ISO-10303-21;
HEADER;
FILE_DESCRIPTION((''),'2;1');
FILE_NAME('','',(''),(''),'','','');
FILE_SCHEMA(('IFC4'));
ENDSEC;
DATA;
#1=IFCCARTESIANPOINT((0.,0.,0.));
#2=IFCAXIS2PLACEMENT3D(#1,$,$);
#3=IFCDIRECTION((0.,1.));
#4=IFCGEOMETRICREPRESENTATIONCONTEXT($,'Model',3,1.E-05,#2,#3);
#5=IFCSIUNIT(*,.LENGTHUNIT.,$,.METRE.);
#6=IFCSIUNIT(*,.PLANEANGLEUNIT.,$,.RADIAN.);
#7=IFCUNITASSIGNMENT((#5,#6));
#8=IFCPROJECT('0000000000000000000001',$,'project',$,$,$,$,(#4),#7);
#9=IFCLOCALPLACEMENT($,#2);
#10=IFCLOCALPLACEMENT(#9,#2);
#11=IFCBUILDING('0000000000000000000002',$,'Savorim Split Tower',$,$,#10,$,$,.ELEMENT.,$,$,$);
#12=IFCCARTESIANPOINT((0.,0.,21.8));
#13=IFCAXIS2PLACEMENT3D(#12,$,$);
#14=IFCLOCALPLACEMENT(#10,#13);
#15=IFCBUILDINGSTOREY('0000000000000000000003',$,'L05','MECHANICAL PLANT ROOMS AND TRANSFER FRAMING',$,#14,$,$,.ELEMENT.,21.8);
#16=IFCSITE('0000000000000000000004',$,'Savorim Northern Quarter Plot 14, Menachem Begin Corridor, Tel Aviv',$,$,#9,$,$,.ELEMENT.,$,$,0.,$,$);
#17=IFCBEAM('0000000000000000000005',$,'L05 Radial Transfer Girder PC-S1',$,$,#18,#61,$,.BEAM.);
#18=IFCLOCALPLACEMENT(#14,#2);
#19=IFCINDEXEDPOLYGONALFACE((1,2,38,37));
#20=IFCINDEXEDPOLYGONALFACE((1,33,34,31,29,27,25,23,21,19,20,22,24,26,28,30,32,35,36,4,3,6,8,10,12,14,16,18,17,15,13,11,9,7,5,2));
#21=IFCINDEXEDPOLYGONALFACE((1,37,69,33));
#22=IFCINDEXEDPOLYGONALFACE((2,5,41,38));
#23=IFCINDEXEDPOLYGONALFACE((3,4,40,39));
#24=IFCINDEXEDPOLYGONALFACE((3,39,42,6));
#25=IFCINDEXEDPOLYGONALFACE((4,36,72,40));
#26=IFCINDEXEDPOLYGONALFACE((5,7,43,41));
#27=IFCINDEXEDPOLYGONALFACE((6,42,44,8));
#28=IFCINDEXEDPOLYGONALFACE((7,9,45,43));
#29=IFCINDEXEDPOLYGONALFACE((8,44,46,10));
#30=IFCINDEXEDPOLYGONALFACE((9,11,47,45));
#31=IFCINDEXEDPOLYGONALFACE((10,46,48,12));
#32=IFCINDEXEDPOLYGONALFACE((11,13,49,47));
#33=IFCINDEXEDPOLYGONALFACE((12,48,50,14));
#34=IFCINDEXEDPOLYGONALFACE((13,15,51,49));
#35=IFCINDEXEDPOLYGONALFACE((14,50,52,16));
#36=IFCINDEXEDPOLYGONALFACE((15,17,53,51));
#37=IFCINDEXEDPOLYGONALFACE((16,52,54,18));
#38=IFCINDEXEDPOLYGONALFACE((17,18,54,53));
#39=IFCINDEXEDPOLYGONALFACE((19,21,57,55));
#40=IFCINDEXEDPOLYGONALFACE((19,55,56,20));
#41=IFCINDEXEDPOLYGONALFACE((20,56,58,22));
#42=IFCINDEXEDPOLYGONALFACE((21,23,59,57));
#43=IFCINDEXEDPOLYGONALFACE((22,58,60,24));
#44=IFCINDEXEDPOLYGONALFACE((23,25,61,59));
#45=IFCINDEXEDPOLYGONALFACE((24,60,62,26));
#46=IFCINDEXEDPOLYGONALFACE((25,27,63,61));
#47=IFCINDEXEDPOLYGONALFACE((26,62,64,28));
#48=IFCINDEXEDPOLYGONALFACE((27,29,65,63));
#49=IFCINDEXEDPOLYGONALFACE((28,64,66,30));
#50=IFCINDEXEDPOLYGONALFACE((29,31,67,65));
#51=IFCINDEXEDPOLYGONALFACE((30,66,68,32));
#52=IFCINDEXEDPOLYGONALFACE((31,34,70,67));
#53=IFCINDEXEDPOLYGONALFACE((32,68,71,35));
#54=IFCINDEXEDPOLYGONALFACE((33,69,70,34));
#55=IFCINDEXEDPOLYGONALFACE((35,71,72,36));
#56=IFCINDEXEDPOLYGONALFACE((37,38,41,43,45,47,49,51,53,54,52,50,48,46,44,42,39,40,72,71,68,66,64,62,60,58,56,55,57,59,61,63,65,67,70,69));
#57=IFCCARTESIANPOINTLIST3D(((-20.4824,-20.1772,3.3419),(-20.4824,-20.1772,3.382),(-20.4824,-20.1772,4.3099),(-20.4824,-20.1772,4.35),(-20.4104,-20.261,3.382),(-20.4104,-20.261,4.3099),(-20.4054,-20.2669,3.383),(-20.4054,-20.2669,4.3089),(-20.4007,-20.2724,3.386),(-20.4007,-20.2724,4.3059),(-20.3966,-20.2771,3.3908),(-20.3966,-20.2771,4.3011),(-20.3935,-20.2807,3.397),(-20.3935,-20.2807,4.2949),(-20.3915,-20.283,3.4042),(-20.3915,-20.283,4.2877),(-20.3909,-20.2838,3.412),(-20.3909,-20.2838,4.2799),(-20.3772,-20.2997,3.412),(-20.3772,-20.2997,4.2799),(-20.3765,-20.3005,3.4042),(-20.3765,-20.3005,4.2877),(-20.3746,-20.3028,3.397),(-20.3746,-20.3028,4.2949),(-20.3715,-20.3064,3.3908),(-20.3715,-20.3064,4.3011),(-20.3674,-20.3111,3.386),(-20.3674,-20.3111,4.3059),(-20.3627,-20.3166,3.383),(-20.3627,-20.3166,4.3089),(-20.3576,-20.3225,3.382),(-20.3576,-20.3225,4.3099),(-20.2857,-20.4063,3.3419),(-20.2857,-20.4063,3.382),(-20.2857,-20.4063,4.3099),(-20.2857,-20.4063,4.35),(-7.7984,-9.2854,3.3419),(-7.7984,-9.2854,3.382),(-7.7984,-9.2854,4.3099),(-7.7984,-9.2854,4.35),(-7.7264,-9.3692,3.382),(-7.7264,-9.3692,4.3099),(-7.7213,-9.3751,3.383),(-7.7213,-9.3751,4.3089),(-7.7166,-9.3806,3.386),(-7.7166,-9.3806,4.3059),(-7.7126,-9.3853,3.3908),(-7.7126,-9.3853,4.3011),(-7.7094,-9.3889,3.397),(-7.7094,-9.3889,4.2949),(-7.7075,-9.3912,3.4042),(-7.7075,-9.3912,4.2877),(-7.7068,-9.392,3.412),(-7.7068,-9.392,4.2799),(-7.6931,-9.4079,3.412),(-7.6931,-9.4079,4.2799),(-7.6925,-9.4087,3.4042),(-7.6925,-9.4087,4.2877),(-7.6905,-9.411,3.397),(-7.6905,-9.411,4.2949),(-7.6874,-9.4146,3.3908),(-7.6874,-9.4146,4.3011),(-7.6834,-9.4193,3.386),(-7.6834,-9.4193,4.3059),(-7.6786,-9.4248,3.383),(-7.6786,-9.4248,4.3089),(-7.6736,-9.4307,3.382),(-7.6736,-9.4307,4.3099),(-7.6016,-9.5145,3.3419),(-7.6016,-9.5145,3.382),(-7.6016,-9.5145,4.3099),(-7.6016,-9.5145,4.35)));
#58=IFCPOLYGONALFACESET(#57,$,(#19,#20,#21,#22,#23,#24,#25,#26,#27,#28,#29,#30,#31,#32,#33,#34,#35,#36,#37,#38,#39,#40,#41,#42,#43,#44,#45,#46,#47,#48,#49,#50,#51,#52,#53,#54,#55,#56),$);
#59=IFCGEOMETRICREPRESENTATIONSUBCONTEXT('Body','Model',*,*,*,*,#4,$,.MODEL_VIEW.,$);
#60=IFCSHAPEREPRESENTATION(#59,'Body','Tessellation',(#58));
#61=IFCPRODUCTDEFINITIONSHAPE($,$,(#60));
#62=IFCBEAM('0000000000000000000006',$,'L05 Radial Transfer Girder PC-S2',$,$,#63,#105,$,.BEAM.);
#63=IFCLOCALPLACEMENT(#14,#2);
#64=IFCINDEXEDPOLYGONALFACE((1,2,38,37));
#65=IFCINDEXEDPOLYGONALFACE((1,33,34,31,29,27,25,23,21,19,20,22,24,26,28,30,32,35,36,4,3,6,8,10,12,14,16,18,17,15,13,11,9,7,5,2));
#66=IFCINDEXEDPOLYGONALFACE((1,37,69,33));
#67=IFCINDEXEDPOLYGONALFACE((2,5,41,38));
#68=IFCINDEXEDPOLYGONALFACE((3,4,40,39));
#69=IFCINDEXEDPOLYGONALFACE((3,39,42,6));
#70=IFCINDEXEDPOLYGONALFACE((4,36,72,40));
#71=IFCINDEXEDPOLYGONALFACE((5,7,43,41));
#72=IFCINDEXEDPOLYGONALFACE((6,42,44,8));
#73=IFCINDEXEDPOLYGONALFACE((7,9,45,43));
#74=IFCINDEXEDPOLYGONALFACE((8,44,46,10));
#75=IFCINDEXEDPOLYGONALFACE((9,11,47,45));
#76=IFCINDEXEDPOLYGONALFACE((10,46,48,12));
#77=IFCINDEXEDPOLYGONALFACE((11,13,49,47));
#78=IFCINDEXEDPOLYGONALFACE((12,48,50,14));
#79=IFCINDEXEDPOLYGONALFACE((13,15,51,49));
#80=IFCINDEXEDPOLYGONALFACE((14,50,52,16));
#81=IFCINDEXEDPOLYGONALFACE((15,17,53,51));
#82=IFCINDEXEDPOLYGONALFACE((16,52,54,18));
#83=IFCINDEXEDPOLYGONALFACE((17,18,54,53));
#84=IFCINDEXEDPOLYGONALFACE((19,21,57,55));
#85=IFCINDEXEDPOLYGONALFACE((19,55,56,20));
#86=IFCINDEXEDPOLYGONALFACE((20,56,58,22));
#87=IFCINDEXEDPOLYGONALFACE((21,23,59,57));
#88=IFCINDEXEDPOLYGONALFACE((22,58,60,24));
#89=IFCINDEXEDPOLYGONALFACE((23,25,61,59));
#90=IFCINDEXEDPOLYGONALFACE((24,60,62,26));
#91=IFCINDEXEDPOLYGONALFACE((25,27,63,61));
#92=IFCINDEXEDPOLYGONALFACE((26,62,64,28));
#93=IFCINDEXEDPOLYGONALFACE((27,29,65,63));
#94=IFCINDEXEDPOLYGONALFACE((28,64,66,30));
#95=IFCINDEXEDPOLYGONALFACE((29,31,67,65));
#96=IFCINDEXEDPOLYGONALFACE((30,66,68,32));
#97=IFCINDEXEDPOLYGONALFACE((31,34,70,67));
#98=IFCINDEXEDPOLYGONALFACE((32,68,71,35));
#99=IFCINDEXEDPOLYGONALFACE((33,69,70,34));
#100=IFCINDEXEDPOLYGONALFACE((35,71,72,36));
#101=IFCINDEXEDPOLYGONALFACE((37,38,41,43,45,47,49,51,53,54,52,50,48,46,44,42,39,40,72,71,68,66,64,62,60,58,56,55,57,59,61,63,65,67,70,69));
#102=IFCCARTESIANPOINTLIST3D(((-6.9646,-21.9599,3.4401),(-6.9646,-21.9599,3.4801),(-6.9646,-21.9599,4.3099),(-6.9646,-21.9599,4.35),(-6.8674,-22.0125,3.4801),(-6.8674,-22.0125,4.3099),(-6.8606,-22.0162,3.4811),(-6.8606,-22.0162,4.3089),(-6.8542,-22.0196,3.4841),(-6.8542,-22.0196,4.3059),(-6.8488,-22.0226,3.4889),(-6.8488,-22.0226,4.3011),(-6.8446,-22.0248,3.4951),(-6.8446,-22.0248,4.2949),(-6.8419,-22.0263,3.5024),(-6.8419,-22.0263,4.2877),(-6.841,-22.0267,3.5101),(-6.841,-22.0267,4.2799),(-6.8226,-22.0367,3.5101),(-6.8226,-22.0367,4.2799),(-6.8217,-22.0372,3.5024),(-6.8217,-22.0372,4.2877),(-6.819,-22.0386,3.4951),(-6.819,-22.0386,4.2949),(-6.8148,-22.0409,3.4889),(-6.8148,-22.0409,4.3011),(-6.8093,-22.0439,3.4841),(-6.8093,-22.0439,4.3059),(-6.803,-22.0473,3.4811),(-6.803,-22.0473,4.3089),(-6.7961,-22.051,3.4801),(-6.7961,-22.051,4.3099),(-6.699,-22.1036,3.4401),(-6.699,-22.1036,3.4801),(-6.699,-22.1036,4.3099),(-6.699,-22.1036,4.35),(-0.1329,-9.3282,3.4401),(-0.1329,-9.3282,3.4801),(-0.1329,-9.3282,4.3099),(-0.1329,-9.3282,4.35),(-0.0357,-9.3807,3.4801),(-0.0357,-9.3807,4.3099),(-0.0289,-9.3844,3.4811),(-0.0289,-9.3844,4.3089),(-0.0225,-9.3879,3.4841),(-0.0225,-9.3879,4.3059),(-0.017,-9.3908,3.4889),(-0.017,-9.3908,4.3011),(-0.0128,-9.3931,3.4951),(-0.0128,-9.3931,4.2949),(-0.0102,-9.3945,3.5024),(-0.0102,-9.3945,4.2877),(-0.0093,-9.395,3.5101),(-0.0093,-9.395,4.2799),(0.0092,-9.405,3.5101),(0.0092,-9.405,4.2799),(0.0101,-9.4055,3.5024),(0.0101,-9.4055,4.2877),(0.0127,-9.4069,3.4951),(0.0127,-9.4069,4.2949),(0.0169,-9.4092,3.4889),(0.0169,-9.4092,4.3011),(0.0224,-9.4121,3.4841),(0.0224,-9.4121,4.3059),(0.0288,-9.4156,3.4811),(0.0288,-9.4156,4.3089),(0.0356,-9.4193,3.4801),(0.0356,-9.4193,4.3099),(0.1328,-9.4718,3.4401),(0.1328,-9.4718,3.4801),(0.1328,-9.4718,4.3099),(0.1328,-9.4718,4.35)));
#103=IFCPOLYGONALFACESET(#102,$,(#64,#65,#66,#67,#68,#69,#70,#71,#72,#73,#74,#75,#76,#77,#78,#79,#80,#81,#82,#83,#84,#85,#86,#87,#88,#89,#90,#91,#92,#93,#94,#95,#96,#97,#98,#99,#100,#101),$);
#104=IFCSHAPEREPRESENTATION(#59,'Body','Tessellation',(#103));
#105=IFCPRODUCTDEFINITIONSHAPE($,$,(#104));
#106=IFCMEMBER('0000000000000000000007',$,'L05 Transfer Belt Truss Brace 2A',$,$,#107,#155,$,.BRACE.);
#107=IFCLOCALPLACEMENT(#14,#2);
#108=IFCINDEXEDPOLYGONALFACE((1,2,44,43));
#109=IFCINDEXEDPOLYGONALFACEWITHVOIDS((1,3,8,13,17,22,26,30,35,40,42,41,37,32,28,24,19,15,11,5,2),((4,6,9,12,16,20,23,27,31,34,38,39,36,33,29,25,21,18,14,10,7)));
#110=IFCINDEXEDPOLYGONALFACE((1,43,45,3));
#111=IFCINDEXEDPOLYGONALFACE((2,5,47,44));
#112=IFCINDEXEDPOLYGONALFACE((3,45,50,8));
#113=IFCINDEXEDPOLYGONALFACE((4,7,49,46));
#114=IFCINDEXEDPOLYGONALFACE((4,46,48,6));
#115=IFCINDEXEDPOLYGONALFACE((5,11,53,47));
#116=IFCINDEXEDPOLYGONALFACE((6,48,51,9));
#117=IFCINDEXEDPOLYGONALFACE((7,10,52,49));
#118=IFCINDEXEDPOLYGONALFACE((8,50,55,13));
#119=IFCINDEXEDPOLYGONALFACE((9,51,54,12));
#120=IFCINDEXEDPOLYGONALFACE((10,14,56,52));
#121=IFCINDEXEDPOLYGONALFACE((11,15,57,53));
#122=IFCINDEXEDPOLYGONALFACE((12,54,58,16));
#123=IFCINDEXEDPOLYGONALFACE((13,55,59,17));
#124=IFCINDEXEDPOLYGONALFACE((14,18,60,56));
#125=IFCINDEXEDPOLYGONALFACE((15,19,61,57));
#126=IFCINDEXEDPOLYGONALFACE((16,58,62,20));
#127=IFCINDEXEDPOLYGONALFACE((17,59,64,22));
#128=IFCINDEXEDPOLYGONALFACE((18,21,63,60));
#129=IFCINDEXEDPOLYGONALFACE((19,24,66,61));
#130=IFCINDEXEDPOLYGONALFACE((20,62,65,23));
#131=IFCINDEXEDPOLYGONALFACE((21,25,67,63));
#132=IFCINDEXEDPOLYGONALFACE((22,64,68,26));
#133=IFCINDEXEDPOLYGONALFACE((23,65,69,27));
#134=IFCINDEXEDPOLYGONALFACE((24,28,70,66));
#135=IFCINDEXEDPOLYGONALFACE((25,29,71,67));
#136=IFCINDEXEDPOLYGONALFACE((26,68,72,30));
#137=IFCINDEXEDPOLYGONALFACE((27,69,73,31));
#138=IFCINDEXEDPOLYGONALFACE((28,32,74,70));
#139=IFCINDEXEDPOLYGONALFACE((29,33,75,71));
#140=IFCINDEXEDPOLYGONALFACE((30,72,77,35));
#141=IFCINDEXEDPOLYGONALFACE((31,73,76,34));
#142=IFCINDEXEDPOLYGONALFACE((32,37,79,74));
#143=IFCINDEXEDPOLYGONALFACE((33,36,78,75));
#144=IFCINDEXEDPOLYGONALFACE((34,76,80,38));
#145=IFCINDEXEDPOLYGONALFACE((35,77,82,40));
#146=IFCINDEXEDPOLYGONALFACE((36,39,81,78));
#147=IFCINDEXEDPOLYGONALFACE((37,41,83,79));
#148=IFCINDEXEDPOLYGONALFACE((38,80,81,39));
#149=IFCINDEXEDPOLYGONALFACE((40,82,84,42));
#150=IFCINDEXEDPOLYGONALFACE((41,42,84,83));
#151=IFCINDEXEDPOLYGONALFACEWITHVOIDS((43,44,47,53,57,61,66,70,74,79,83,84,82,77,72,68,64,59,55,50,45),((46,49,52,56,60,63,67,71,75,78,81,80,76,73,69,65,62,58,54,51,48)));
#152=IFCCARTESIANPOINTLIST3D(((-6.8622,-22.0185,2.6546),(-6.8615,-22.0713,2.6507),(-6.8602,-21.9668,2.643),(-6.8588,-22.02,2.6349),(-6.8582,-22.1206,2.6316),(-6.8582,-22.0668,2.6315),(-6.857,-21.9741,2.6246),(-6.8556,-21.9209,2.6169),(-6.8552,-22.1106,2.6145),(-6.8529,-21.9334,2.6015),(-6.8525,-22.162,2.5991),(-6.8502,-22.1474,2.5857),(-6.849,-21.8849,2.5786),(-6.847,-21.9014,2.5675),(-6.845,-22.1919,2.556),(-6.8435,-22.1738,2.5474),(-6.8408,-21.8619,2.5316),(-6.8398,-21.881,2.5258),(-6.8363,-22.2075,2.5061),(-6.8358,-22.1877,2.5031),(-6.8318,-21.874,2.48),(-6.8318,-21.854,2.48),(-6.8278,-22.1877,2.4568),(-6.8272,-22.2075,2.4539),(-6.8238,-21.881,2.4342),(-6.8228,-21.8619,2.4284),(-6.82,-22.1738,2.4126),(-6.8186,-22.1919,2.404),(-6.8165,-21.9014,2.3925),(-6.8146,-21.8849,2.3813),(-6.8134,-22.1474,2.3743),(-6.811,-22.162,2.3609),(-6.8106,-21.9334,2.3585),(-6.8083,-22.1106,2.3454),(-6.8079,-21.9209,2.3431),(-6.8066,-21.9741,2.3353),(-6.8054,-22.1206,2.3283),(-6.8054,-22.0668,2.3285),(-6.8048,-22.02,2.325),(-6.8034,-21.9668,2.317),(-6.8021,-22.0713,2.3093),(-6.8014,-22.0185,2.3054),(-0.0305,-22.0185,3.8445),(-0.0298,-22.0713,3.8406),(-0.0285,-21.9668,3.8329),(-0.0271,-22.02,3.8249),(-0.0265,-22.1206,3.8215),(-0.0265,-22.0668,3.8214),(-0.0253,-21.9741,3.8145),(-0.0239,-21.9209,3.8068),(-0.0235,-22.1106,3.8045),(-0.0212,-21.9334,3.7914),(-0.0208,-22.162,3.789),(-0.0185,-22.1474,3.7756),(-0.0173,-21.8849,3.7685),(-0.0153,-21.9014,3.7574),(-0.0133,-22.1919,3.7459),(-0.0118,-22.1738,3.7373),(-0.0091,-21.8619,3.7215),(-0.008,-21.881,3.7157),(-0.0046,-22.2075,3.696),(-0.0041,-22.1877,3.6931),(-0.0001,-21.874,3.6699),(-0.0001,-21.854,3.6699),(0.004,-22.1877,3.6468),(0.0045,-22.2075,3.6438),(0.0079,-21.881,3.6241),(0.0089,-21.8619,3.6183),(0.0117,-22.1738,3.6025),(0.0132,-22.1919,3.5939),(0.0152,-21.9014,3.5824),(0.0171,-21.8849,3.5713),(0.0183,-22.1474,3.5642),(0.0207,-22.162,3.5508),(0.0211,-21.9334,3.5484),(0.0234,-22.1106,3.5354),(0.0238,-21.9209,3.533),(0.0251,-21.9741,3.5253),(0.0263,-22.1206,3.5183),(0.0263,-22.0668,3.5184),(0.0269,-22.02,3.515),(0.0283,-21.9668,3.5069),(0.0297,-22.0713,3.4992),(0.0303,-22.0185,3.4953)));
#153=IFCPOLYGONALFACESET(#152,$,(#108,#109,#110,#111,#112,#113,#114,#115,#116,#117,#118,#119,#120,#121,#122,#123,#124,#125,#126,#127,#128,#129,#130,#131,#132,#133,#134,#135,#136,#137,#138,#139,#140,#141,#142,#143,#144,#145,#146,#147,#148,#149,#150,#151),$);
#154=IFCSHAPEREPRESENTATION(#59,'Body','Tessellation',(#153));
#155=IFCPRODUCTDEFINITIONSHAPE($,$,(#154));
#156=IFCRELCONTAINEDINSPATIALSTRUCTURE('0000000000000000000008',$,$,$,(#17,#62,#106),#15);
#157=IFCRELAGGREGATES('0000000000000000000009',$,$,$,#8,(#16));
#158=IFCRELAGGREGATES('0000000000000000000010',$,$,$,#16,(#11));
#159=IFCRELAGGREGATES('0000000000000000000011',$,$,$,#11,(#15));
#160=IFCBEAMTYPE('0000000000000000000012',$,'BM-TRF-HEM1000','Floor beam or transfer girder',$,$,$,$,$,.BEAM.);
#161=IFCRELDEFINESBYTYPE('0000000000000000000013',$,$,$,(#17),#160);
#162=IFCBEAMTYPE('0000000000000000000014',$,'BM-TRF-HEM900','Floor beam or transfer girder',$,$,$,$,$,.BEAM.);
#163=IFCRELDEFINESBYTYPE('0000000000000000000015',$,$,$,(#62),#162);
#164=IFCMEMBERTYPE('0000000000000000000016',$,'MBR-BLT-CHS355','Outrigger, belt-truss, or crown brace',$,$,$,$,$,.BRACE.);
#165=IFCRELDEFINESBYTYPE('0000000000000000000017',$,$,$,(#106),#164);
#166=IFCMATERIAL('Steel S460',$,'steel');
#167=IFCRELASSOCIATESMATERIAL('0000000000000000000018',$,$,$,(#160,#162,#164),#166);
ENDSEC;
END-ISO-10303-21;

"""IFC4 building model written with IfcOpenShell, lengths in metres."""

from ifc_helpers import new_model, si_unit, direction, frame, origin, origin_2d, place, context, subcontext, project, spatial, hollow_circle, i_section, extrude, material, material_profile, profile_set, type_object, element, save


model = new_model("IFC4")

# Units and contexts
model_context = context("Model", 3, precision=1e-05, world=origin(), true_north=direction((0.0, 1.0)))
body_context = subcontext(model_context, "Body", "Model", "MODEL_VIEW")
ifc_project = project(units=[si_unit("LENGTHUNIT", "METRE"), si_unit("PLANEANGLEUNIT", "RADIAN")], contexts=[model_context])

# Site, building, storey
site_placement = place(None, origin())
site = spatial("IfcSite", under=ifc_project, at=site_placement, Name="Savorim Northern Quarter Plot 14, Menachem Begin Corridor, Tel Aviv", CompositionType="ELEMENT", RefElevation=0.0)
building_placement = place(site_placement, origin())
building = spatial("IfcBuilding", under=site, at=building_placement, Name="Savorim Split Tower", CompositionType="ELEMENT")
storey_placement = place(building_placement, frame((0.0, 0.0, 21.8)))
storey = spatial("IfcBuildingStorey", under=building, at=storey_placement, Name="L05", Description="MECHANICAL PLANT ROOMS AND TRANSFER FRAMING", CompositionType="ELEMENT", Elevation=21.8)

# Beams
ifc_material_1 = material(Name="Steel S460", Category="steel")
ifc_material_profile_1 = material_profile(ifc_material_1, i_section(OverallWidth=0.302, OverallDepth=1.0081, WebThickness=0.021, FlangeThickness=0.04, FilletRadius=0.03, at=origin_2d()), Name="HE 1000 M")
ifc_profile_set_1 = profile_set([ifc_material_profile_1], Name="Steel S460")
beam_type_1 = type_object("IfcBeamType", Name="BM-TRF-HEM1000", Description="Floor beam or transfer girder", PredefinedType="BEAM", material=ifc_profile_set_1)
beam_1_placement = place(storey_placement, frame((-20.384, -20.2917, 3.8459), z_axis=(0.758672, 0.651473, 0.0), x_axis=(-0.651473, 0.758672, 0.0)))
element("IfcBeam", 1, at=beam_1_placement, inside=storey, type_object=beam_type_1, Name="L05 Radial Transfer Girder PC-S1", PredefinedType="BEAM", context=body_context, shape_type="SweptSolid", body=[
    extrude(i_section(OverallWidth=0.302, OverallDepth=1.0081, WebThickness=0.021, FlangeThickness=0.04, FilletRadius=0.03, at=origin_2d()), origin(), (0.0, 0.0, 1.0), 16.7188),
])
ifc_material_profile_2 = material_profile(ifc_material_1, i_section(OverallWidth=0.302, OverallDepth=0.9099, WebThickness=0.021, FlangeThickness=0.04, FilletRadius=0.03, at=origin_2d()), Name="HE 900 M")
ifc_profile_set_2 = profile_set([ifc_material_profile_2], Name="Steel S460")
beam_type_2 = type_object("IfcBeamType", Name="BM-TRF-HEM900", Description="Floor beam or transfer girder", PredefinedType="BEAM", material=ifc_profile_set_2)
beam_2_placement = place(storey_placement, frame((-6.8318, -22.0317, 3.895), z_axis=(0.47572, 0.879597, 0.0), x_axis=(-0.879597, 0.47572, 0.0)))
element("IfcBeam", 2, at=beam_2_placement, inside=storey, type_object=beam_type_2, Name="L05 Radial Transfer Girder PC-S2", PredefinedType="BEAM", context=body_context, shape_type="SweptSolid", body=[
    extrude(i_section(OverallWidth=0.302, OverallDepth=0.9099, WebThickness=0.021, FlangeThickness=0.04, FilletRadius=0.03, at=origin_2d()), origin(), (0.0, 0.0, 1.0), 14.3608),
])

# Member
ifc_material_profile_3 = material_profile(ifc_material_1, hollow_circle(Radius=0.1777, WallThickness=0.02, at=origin_2d()), Name="CHS 355.6x20")
ifc_profile_set_3 = profile_set([ifc_material_profile_3], Name="Steel S460")
member_type = type_object("IfcMemberType", Name="MBR-BLT-CHS355", Description="Outrigger, belt-truss, or crown brace", PredefinedType="BRACE", material=ifc_profile_set_3)
member_1_placement = place(storey_placement, frame((-6.8318, -22.0317, 2.48), z_axis=(0.985168, 0.0, 0.171594), x_axis=(0.0, 1.0, 0.0)))
element("IfcMember", 3, at=member_1_placement, inside=storey, type_object=member_type, Name="L05 Transfer Belt Truss Brace 2A", PredefinedType="BRACE", context=body_context, shape_type="SweptSolid", body=[
    extrude(hollow_circle(Radius=0.1777, WallThickness=0.02, at=origin_2d()), origin(), (0.0, 0.0, 1.0), 6.9346),
])

save(model, "model.ifc")
